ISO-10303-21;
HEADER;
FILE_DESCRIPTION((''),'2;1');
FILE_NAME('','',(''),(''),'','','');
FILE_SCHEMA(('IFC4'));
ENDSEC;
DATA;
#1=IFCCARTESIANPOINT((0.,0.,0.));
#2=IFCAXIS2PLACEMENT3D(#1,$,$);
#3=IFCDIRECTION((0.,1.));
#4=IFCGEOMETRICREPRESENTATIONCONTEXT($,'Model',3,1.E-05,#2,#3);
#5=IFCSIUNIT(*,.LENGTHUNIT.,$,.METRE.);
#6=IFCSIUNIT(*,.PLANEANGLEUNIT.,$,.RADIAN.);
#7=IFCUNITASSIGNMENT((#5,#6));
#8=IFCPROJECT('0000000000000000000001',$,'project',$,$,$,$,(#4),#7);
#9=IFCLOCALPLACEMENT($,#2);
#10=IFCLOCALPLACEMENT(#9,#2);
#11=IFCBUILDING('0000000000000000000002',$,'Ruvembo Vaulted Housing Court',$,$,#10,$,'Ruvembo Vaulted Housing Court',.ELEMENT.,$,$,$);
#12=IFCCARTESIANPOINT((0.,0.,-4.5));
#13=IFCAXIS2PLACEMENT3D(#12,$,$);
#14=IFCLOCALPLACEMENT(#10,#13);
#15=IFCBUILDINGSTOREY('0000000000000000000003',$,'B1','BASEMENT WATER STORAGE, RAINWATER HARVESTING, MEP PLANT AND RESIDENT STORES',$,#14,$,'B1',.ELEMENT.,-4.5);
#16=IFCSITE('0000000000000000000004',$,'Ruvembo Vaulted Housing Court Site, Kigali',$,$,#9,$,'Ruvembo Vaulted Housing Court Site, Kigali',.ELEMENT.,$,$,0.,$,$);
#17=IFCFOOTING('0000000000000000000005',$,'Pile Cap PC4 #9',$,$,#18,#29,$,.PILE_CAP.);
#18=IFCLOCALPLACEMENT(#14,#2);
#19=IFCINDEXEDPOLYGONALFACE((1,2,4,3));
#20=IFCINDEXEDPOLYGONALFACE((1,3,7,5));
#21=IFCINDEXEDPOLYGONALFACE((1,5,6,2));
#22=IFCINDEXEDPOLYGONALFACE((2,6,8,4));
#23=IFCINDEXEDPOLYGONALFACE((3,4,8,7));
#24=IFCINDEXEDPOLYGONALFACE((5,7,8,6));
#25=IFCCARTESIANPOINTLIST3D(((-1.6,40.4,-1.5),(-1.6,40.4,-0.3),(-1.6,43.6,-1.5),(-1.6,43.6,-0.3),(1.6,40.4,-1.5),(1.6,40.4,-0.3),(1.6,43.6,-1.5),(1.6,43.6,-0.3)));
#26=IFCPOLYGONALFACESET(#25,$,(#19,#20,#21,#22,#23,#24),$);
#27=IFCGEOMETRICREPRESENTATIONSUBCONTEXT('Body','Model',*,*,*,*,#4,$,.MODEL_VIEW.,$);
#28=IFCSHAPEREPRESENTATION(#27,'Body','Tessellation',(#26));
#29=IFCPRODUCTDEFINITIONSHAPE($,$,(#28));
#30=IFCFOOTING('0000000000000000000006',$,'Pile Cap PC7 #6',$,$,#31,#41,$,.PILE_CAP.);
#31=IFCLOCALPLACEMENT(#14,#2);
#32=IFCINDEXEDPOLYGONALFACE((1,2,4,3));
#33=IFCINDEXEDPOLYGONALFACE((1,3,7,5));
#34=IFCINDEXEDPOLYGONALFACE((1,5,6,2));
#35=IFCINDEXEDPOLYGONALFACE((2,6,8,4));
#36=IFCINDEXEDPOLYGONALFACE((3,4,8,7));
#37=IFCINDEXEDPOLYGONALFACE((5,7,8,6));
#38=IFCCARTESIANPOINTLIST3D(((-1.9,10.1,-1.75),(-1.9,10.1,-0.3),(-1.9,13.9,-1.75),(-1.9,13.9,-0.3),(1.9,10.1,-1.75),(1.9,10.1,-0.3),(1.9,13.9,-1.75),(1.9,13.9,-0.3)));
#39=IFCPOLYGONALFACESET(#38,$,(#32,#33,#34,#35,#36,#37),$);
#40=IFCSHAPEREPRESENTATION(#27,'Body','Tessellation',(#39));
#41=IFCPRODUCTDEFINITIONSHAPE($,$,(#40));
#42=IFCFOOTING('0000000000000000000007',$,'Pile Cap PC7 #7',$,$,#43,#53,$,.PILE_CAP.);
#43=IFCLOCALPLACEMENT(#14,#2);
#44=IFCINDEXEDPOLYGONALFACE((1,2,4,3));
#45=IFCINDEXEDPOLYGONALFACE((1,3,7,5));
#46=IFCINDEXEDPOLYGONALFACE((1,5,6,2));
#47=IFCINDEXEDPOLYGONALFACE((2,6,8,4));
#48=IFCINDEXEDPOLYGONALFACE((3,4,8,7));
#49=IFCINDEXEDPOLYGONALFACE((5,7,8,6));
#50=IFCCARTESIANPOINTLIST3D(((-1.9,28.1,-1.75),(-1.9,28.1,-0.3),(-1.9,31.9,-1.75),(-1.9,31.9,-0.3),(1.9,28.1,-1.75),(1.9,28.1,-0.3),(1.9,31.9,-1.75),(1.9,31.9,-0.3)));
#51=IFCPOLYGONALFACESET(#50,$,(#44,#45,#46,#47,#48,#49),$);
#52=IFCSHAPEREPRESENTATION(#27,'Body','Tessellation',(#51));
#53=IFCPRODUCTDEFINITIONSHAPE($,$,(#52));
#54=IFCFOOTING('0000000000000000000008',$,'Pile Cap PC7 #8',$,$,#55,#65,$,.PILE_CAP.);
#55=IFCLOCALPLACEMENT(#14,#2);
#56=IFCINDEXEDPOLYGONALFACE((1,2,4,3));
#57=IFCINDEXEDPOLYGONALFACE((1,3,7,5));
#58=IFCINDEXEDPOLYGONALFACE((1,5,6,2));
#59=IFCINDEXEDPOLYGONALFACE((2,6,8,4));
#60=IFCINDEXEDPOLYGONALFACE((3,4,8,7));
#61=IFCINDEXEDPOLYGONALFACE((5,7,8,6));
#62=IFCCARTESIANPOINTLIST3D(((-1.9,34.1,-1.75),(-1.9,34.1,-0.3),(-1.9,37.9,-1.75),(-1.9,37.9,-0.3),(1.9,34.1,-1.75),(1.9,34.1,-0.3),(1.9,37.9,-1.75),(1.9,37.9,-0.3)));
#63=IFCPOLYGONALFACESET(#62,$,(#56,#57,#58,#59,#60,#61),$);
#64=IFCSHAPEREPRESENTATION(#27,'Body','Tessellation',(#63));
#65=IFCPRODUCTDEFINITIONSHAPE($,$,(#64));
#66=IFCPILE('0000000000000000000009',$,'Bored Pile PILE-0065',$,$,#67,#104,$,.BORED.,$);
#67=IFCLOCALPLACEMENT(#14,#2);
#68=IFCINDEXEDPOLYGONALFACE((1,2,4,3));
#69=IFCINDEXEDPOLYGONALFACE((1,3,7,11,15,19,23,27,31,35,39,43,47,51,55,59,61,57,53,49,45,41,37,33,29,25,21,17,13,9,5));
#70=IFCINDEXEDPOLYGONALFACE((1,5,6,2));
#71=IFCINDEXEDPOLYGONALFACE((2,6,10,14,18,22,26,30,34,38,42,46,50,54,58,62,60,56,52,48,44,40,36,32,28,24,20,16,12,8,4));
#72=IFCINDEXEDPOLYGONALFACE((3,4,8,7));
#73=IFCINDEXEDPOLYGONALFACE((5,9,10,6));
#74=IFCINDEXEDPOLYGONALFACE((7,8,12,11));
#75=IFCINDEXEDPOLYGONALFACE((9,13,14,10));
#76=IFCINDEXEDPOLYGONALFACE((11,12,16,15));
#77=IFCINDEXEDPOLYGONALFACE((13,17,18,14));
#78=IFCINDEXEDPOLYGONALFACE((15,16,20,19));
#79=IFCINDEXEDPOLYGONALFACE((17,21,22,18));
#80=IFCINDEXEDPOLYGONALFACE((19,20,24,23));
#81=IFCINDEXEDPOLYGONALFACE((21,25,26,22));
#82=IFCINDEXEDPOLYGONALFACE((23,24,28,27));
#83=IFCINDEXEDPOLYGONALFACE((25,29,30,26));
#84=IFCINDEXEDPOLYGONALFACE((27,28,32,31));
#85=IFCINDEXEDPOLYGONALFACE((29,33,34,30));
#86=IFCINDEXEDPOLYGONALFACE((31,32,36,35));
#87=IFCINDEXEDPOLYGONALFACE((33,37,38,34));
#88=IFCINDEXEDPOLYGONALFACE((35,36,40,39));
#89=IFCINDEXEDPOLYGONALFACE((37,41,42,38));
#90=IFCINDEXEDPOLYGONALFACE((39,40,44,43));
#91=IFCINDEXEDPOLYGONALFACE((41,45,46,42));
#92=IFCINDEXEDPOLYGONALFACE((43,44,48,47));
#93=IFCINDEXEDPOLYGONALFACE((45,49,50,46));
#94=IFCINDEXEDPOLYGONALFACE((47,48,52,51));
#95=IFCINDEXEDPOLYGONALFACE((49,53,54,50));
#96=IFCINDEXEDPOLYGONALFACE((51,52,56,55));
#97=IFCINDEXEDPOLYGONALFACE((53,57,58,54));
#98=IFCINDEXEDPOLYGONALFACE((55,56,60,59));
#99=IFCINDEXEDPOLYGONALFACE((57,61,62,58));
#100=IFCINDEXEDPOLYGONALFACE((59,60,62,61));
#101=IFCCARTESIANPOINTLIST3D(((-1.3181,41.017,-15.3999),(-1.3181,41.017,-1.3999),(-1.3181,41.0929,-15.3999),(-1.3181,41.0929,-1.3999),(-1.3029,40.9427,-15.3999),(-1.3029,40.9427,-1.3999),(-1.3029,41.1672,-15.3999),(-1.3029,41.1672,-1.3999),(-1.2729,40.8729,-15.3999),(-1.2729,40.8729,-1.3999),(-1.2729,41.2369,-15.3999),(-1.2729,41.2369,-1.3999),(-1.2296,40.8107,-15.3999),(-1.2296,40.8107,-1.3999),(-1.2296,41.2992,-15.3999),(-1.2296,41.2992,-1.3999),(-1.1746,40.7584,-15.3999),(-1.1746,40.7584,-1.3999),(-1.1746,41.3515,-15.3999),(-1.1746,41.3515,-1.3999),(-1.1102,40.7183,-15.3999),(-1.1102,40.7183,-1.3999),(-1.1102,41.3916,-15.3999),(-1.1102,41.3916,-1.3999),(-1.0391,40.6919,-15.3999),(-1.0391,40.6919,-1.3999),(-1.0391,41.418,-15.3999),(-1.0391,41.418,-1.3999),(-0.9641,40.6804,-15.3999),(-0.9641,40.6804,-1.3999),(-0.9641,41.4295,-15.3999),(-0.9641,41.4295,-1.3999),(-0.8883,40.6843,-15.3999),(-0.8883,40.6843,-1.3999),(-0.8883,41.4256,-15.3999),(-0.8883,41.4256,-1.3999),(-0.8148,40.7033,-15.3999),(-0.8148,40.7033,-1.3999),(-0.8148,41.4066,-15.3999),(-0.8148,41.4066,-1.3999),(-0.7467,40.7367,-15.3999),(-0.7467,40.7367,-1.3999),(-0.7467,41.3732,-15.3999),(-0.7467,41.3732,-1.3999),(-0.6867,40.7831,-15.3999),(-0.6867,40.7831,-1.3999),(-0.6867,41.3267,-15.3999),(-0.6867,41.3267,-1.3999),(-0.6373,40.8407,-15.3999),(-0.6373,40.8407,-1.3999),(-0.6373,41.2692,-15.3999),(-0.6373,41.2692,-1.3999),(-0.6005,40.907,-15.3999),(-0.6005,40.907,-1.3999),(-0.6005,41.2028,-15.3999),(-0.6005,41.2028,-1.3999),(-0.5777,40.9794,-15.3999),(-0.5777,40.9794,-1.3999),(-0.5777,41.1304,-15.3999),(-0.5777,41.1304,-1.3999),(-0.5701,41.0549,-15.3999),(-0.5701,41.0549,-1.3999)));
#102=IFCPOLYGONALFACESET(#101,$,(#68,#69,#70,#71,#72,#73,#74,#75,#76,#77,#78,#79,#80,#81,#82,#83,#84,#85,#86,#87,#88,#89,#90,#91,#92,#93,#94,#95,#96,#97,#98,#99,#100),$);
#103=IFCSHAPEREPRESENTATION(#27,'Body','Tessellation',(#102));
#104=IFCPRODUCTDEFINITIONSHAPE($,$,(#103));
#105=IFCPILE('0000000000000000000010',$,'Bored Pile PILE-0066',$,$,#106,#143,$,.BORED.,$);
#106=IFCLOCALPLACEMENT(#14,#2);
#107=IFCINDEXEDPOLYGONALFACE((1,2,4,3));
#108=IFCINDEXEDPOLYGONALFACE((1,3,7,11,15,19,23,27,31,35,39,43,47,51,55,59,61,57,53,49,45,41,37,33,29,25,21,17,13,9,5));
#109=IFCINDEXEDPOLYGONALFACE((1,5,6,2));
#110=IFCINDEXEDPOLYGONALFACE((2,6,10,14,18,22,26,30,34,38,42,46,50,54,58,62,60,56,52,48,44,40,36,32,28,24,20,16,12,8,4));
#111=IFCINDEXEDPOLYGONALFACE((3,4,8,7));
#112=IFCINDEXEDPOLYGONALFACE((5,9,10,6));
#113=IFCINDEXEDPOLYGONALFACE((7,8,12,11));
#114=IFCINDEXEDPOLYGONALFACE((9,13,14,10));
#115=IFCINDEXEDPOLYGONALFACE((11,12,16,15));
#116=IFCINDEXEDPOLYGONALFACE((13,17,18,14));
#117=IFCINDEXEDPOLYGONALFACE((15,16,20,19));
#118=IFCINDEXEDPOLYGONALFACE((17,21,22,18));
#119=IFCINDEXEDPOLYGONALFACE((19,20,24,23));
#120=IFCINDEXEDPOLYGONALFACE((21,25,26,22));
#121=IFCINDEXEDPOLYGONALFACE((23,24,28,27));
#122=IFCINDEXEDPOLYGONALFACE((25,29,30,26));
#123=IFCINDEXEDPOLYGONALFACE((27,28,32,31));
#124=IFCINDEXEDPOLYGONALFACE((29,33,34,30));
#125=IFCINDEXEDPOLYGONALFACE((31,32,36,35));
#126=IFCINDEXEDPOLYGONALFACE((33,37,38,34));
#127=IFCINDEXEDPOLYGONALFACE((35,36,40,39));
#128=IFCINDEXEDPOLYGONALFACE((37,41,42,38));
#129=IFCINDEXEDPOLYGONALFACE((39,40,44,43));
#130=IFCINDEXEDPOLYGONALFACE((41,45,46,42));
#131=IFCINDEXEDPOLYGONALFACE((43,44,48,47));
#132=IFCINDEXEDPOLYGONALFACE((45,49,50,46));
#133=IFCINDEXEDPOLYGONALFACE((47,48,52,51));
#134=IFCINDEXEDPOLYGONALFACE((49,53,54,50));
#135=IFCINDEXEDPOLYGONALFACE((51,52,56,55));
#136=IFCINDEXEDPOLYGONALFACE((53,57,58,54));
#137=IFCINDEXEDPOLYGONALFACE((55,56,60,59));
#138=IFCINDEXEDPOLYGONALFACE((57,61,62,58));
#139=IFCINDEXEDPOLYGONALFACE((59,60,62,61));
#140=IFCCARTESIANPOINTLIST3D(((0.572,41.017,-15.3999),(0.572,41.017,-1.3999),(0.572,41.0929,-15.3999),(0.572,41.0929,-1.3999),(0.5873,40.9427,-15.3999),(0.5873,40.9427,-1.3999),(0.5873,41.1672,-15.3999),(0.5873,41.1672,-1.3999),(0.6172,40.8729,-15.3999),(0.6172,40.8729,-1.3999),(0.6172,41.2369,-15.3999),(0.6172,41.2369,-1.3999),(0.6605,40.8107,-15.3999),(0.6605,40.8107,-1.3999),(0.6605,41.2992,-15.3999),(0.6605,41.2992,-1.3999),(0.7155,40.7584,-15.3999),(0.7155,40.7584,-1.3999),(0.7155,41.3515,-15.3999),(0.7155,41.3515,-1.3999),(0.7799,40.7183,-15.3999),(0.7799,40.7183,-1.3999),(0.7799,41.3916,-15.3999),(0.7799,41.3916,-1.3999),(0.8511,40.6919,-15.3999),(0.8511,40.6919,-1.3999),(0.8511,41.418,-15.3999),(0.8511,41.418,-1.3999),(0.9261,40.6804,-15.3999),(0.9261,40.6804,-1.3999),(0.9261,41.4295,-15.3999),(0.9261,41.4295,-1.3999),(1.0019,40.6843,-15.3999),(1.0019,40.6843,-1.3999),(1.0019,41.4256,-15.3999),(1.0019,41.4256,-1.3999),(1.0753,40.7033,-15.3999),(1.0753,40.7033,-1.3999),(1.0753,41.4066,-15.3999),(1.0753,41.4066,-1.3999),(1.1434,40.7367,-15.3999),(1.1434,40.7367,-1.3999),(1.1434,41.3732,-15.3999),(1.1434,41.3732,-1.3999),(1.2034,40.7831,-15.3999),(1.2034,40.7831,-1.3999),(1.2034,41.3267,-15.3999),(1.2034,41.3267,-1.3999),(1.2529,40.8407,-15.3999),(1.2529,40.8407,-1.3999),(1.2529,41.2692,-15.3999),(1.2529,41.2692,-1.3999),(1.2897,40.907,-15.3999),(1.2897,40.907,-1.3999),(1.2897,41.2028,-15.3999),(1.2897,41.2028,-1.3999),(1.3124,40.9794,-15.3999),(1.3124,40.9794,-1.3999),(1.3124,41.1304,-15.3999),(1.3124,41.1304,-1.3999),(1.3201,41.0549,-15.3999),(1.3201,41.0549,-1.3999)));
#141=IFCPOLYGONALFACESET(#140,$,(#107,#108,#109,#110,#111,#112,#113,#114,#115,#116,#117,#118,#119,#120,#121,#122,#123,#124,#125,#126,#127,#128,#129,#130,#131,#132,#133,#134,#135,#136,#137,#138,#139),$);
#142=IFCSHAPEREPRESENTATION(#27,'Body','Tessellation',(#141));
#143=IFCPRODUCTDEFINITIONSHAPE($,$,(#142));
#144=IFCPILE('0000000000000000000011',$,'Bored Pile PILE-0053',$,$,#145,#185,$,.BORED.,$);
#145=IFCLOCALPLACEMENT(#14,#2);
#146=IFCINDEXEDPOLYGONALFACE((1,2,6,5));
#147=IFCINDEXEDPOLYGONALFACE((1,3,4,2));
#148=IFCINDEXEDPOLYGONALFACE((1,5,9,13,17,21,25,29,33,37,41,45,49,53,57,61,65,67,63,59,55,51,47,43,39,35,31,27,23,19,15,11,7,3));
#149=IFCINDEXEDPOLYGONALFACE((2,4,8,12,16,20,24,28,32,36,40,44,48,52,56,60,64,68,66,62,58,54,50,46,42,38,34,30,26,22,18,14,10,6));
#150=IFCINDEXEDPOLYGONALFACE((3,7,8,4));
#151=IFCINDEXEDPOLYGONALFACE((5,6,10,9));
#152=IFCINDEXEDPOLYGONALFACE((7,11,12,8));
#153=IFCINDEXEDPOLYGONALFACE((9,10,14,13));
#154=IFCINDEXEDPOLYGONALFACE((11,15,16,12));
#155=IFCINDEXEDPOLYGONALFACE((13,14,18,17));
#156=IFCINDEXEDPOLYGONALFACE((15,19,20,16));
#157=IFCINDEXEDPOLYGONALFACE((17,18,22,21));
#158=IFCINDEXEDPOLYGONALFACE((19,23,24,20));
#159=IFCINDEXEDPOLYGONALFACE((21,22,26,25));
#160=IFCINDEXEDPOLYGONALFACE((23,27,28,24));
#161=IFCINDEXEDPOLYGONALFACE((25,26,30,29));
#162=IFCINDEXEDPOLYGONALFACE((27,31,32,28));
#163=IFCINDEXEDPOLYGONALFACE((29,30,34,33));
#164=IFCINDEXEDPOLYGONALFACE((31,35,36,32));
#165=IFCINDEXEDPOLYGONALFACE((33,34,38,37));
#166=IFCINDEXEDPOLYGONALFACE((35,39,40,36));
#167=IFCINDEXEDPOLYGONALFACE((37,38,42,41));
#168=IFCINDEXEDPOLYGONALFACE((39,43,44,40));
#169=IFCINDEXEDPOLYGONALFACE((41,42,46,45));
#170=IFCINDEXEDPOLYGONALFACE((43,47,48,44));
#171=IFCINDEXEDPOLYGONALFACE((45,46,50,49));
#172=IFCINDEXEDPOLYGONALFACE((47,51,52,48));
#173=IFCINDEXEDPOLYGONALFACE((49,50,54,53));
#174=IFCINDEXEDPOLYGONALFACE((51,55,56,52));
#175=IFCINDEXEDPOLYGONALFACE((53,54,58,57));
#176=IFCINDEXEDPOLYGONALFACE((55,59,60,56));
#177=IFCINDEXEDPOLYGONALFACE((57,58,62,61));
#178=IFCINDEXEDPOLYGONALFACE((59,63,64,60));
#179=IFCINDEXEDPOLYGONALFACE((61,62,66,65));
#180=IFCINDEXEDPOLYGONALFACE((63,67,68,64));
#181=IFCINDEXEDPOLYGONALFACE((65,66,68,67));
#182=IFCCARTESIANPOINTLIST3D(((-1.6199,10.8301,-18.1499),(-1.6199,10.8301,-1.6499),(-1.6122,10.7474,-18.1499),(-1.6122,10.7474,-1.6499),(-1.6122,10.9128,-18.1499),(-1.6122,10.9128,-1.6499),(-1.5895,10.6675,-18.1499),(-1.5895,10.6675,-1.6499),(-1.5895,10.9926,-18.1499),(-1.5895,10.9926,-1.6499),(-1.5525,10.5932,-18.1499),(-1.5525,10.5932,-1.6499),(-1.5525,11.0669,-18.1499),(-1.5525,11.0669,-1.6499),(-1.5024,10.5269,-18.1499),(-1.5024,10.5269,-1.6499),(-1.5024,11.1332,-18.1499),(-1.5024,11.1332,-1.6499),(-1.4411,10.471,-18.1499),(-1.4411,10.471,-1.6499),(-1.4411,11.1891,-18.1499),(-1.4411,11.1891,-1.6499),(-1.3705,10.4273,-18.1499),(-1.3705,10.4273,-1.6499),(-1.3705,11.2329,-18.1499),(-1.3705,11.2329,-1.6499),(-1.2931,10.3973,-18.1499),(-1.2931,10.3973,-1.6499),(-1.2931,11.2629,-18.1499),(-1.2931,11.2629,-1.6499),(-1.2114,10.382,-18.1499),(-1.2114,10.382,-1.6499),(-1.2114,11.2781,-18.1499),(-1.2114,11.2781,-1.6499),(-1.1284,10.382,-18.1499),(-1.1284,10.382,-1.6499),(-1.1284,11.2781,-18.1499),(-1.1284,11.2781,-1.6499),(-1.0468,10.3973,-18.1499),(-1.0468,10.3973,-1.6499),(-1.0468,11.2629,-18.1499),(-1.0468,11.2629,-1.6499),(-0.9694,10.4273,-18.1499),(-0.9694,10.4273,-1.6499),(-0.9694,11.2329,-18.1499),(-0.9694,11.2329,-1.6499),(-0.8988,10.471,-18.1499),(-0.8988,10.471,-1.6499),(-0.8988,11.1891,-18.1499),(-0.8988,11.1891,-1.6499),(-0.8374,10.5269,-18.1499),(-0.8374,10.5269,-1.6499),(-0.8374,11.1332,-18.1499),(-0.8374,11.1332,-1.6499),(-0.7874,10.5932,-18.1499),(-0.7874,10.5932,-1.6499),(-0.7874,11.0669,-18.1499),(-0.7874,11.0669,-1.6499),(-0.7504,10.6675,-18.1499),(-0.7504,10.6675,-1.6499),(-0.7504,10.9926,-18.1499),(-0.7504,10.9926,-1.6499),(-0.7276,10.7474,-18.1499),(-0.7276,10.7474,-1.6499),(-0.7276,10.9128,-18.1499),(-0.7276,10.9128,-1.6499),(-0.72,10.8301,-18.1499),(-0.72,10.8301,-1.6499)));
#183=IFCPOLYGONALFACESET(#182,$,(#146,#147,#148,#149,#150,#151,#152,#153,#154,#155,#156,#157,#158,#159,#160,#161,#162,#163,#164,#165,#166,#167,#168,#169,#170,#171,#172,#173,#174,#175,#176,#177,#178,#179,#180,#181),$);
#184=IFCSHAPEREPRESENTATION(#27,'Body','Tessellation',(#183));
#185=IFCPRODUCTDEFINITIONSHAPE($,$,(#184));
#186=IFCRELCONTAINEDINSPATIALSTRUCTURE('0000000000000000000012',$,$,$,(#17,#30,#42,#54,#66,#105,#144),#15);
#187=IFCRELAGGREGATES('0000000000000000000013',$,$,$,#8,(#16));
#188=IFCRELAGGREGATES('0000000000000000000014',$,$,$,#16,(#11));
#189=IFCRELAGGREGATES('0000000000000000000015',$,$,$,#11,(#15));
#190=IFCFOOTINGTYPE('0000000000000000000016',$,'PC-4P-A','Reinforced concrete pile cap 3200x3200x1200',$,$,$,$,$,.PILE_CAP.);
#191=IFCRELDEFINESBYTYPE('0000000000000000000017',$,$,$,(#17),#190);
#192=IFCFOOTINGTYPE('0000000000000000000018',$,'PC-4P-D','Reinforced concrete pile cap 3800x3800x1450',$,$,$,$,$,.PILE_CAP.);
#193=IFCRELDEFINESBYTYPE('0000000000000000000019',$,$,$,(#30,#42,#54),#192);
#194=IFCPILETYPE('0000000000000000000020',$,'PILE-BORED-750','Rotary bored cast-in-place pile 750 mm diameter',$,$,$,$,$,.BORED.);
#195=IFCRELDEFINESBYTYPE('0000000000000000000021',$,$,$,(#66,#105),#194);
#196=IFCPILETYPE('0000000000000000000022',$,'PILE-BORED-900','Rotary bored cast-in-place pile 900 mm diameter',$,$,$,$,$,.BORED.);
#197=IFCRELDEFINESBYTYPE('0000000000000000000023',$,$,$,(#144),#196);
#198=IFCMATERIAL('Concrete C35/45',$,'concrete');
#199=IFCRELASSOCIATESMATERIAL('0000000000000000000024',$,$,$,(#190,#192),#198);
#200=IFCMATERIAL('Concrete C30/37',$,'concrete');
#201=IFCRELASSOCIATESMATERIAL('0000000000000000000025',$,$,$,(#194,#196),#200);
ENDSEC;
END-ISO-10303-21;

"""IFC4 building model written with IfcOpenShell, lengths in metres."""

from ifc_helpers import new_model, si_unit, direction, frame, origin, origin_2d, place, context, subcontext, project, spatial, rectangle, circle, extrude, material, material_profile, profile_set, type_object, element, save


model = new_model("IFC4")

# Units and contexts
model_context = context("Model", 3, precision=1e-05, world=origin(), true_north=direction((0.0, 1.0)))
body_context = subcontext(model_context, "Body", "Model", "MODEL_VIEW")
ifc_project = project(units=[si_unit("LENGTHUNIT", "METRE"), si_unit("PLANEANGLEUNIT", "RADIAN")], contexts=[model_context])

# Site, building, storey
site_placement = place(None, origin())
site = spatial("IfcSite", under=ifc_project, at=site_placement, Name="Ruvembo Vaulted Housing Court Site, Kigali", LongName="Ruvembo Vaulted Housing Court Site, Kigali", CompositionType="ELEMENT", RefElevation=0.0)
building_placement = place(site_placement, origin())
building = spatial("IfcBuilding", under=site, at=building_placement, Name="Ruvembo Vaulted Housing Court", LongName="Ruvembo Vaulted Housing Court", CompositionType="ELEMENT")
storey_placement = place(building_placement, frame((0.0, 0.0, -4.5)))
storey = spatial("IfcBuildingStorey", under=building, at=storey_placement, Name="B1", Description="BASEMENT WATER STORAGE, RAINWATER HARVESTING, MEP PLANT AND RESIDENT STORES", LongName="B1", CompositionType="ELEMENT", Elevation=-4.5)

# Footings
ifc_material_1 = material(Name="Concrete C35/45", Category="concrete")
footing_type_1 = type_object("IfcFootingType", Name="PC-4P-A", Description="Reinforced concrete pile cap 3200x3200x1200", PredefinedType="PILE_CAP", material=ifc_material_1)
footing_placement = place(storey_placement, frame((0.0, 42.0, -1.5), z_axis=(0.0, 0.0, 1.0), x_axis=(1.0, 0.0, 0.0)))
element("IfcFooting", 1, at=footing_placement, inside=storey, type_object=footing_type_1, Name="Pile Cap PC4 #9", PredefinedType="PILE_CAP", context=body_context, shape_type="SweptSolid", body=[
    extrude(rectangle(XDim=3.2, YDim=3.2, at=origin_2d()), origin(), (0.0, 0.0, 1.0), 1.2),
])
footing_type_2 = type_object("IfcFootingType", Name="PC-4P-D", Description="Reinforced concrete pile cap 3800x3800x1450", PredefinedType="PILE_CAP", material=ifc_material_1)
for number, where, z_axis, x_axis, name in (
    (2, (0.0, 12.0, -1.75), (0.0, 0.0, 1.0), (1.0, 0.0, 0.0), "Pile Cap PC7 #6"),
    (3, (0.0, 30.0, -1.75), (0.0, 0.0, 1.0), (1.0, 0.0, 0.0), "Pile Cap PC7 #7"),
    (4, (0.0, 36.0, -1.75), (0.0, 0.0, 1.0), (1.0, 0.0, 0.0), "Pile Cap PC7 #8"),
):
    element("IfcFooting", number, at=place(storey_placement, frame(where, z_axis=z_axis, x_axis=x_axis)), inside=storey, type_object=footing_type_2, Name=name, PredefinedType="PILE_CAP", context=body_context, shape_type="SweptSolid", body=[
        extrude(rectangle(XDim=3.8, YDim=3.8, at=origin_2d()), origin(), (0.0, 0.0, 1.0), 1.45),
    ])

# Piles
ifc_material_2 = material(Name="Concrete C30/37", Category="concrete")
ifc_material_profile_1 = material_profile(ifc_material_2, circle(Radius=0.375, at=origin_2d()), Name="PILE D750")
ifc_profile_set_1 = profile_set([ifc_material_profile_1], Name="Concrete C30/37")
pile_type_1 = type_object("IfcPileType", Name="PILE-BORED-750", Description="Rotary bored cast-in-place pile 750 mm diameter", PredefinedType="BORED", material=ifc_profile_set_1)
for number, where, z_axis, x_axis, name in (
    (5, (-0.9451, 41.0549, -1.3999), (0.0, 0.0, -1.0), (1.0, 0.0, 0.0), "Bored Pile PILE-0065"),
    (6, (0.9451, 41.0549, -1.3999), (0.0, 0.0, -1.0), (1.0, 0.0, 0.0), "Bored Pile PILE-0066"),
):
    element("IfcPile", number, at=place(storey_placement, frame(where, z_axis=z_axis, x_axis=x_axis)), inside=storey, type_object=pile_type_1, Name=name, PredefinedType="BORED", context=body_context, shape_type="SweptSolid", body=[
        extrude(circle(Radius=0.375, at=origin_2d()), origin(), (0.0, 0.0, 1.0), 14.0),
    ])
ifc_material_profile_2 = material_profile(ifc_material_2, circle(Radius=0.45, at=origin_2d()), Name="PILE D900")
ifc_profile_set_2 = profile_set([ifc_material_profile_2], Name="Concrete C30/37")
pile_type_2 = type_object("IfcPileType", Name="PILE-BORED-900", Description="Rotary bored cast-in-place pile 900 mm diameter", PredefinedType="BORED", material=ifc_profile_set_2)
for number, where, z_axis, x_axis, name in (
    (7, (-1.1699, 10.8301, -1.6499), (0.0, 0.0, -1.0), (1.0, 0.0, 0.0), "Bored Pile PILE-0053"),
):
    element("IfcPile", number, at=place(storey_placement, frame(where, z_axis=z_axis, x_axis=x_axis)), inside=storey, type_object=pile_type_2, Name=name, PredefinedType="BORED", context=body_context, shape_type="SweptSolid", body=[
        extrude(circle(Radius=0.45, at=origin_2d()), origin(), (0.0, 0.0, 1.0), 16.5),
    ])

save(model, "model.ifc")
